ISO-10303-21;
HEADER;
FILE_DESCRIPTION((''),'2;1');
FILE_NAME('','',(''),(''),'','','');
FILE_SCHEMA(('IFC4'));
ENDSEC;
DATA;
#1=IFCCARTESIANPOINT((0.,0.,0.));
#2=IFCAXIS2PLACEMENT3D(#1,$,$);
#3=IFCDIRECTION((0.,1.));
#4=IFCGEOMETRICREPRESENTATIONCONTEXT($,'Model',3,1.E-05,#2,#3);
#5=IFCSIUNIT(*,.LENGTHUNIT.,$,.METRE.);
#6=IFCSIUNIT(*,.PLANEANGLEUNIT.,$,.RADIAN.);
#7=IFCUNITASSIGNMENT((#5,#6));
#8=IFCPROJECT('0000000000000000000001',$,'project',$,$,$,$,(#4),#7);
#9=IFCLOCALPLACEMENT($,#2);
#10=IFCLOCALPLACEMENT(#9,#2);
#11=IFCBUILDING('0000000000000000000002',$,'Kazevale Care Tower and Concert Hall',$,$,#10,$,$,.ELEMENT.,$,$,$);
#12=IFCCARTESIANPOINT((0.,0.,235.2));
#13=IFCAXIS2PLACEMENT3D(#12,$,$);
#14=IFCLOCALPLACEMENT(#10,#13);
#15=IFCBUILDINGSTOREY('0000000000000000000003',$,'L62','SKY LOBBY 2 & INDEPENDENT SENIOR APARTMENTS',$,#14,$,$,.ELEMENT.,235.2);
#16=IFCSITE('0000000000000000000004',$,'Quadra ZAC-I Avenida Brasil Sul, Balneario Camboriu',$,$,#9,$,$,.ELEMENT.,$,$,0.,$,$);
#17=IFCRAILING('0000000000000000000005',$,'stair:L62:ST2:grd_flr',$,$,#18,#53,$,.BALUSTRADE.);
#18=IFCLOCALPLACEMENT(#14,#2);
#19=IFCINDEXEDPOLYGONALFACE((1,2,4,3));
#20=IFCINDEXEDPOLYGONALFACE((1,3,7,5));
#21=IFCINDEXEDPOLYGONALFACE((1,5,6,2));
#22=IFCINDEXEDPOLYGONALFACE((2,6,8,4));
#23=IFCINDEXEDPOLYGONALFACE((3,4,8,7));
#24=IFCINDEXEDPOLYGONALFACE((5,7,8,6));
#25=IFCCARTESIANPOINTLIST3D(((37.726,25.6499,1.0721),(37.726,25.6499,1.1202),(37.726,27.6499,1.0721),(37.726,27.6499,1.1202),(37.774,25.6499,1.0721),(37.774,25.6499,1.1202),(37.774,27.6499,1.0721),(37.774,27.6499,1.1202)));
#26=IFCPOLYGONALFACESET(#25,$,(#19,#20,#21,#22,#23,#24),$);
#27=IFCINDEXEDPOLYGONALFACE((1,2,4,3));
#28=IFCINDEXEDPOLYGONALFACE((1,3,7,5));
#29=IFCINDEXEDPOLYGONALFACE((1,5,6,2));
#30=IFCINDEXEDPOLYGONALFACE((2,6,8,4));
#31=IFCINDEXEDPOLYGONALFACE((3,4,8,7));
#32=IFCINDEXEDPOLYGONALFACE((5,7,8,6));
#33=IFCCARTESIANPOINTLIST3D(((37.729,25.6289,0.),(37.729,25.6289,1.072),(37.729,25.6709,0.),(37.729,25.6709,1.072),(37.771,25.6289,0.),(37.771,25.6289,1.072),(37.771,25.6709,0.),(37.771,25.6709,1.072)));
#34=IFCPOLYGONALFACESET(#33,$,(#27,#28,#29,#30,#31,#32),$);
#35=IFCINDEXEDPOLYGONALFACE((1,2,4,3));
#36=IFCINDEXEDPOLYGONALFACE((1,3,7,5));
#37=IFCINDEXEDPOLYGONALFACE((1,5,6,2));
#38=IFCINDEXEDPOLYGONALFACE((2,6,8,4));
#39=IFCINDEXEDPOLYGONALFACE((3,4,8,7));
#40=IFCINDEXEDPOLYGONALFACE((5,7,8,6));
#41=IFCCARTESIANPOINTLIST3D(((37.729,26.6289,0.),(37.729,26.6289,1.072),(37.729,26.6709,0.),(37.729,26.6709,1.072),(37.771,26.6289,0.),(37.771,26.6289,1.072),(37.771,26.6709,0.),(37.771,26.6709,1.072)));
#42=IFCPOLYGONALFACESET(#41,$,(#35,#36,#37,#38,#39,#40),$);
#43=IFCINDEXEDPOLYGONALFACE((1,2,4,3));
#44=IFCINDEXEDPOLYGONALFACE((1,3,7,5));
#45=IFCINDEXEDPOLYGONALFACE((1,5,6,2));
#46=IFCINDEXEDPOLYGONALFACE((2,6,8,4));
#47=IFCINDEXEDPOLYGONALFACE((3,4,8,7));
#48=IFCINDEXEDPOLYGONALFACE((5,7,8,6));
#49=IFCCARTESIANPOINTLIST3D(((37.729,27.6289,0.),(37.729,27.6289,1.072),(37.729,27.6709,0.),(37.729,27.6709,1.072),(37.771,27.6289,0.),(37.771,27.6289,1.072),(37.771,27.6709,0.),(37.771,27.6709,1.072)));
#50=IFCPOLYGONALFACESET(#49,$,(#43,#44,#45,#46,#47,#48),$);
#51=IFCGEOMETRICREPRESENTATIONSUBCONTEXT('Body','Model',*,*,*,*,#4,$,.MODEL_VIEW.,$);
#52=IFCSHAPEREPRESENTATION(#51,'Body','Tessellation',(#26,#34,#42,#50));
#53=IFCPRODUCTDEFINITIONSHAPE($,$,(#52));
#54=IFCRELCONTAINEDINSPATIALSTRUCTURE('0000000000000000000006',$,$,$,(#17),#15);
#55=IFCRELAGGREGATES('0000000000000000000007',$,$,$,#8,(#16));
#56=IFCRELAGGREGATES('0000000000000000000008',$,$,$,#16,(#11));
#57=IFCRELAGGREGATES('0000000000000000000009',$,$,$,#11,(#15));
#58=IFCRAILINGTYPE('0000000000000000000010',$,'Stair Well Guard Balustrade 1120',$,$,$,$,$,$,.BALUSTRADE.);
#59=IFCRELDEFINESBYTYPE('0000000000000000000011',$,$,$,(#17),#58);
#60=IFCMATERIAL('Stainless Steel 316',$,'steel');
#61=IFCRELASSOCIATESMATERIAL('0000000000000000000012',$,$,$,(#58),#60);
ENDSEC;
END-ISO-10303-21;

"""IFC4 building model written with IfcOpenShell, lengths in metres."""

from ifc_helpers import new_model, si_unit, direction, frame, origin, origin_2d, place, context, subcontext, project, spatial, rectangle, extrude, material, type_object, element, save


model = new_model("IFC4")

# Units and contexts
model_context = context("Model", 3, precision=1e-05, world=origin(), true_north=direction((0.0, 1.0)))
body_context = subcontext(model_context, "Body", "Model", "MODEL_VIEW")
ifc_project = project(units=[si_unit("LENGTHUNIT", "METRE"), si_unit("PLANEANGLEUNIT", "RADIAN")], contexts=[model_context])

# Site, building, storey
site_placement = place(None, origin())
site = spatial("IfcSite", under=ifc_project, at=site_placement, Name="Quadra ZAC-I Avenida Brasil Sul, Balneario Camboriu", CompositionType="ELEMENT", RefElevation=0.0)
building_placement = place(site_placement, origin())
building = spatial("IfcBuilding", under=site, at=building_placement, Name="Kazevale Care Tower and Concert Hall", CompositionType="ELEMENT")
storey_placement = place(building_placement, frame((0.0, 0.0, 235.2)))
storey = spatial("IfcBuildingStorey", under=building, at=storey_placement, Name="L62", Description="SKY LOBBY 2 & INDEPENDENT SENIOR APARTMENTS", CompositionType="ELEMENT", Elevation=235.2)

# Railing
ifc_material_1 = material(Name="Stainless Steel 316", Category="steel")
railing_type_1 = type_object("IfcRailingType", Name="Stair Well Guard Balustrade 1120", PredefinedType="BALUSTRADE", material=ifc_material_1)
for number, where, name in (
    (1, (37.75, 25.6499, 0.0), "stair:L62:ST2:grd_flr"),
):
    element("IfcRailing", number, at=place(storey_placement, frame(where)), inside=storey, type_object=railing_type_1, Name=name, PredefinedType="BALUSTRADE", context=body_context, shape_type="SweptSolid", body=[
        extrude(rectangle(XDim=0.0481, YDim=0.0481, at=origin_2d()), frame((0.0, 0.0, 1.0962), z_axis=(0.0, 1.0, 0.0), x_axis=(-1.0, 0.0, 0.0)), (0.0, 0.0, 1.0), 2.0),
        extrude(rectangle(XDim=0.042, YDim=0.042, at=origin_2d()), origin(), (0.0, 0.0, 1.0), 1.072),
        extrude(rectangle(XDim=0.042, YDim=0.042, at=origin_2d()), frame((0.0, 1.0, 0.0)), (0.0, 0.0, 1.0), 1.072),
        extrude(rectangle(XDim=0.042, YDim=0.042, at=origin_2d()), frame((0.0, 2.0, 0.0)), (0.0, 0.0, 1.0), 1.072),
    ])

save(model, "model.ifc")
